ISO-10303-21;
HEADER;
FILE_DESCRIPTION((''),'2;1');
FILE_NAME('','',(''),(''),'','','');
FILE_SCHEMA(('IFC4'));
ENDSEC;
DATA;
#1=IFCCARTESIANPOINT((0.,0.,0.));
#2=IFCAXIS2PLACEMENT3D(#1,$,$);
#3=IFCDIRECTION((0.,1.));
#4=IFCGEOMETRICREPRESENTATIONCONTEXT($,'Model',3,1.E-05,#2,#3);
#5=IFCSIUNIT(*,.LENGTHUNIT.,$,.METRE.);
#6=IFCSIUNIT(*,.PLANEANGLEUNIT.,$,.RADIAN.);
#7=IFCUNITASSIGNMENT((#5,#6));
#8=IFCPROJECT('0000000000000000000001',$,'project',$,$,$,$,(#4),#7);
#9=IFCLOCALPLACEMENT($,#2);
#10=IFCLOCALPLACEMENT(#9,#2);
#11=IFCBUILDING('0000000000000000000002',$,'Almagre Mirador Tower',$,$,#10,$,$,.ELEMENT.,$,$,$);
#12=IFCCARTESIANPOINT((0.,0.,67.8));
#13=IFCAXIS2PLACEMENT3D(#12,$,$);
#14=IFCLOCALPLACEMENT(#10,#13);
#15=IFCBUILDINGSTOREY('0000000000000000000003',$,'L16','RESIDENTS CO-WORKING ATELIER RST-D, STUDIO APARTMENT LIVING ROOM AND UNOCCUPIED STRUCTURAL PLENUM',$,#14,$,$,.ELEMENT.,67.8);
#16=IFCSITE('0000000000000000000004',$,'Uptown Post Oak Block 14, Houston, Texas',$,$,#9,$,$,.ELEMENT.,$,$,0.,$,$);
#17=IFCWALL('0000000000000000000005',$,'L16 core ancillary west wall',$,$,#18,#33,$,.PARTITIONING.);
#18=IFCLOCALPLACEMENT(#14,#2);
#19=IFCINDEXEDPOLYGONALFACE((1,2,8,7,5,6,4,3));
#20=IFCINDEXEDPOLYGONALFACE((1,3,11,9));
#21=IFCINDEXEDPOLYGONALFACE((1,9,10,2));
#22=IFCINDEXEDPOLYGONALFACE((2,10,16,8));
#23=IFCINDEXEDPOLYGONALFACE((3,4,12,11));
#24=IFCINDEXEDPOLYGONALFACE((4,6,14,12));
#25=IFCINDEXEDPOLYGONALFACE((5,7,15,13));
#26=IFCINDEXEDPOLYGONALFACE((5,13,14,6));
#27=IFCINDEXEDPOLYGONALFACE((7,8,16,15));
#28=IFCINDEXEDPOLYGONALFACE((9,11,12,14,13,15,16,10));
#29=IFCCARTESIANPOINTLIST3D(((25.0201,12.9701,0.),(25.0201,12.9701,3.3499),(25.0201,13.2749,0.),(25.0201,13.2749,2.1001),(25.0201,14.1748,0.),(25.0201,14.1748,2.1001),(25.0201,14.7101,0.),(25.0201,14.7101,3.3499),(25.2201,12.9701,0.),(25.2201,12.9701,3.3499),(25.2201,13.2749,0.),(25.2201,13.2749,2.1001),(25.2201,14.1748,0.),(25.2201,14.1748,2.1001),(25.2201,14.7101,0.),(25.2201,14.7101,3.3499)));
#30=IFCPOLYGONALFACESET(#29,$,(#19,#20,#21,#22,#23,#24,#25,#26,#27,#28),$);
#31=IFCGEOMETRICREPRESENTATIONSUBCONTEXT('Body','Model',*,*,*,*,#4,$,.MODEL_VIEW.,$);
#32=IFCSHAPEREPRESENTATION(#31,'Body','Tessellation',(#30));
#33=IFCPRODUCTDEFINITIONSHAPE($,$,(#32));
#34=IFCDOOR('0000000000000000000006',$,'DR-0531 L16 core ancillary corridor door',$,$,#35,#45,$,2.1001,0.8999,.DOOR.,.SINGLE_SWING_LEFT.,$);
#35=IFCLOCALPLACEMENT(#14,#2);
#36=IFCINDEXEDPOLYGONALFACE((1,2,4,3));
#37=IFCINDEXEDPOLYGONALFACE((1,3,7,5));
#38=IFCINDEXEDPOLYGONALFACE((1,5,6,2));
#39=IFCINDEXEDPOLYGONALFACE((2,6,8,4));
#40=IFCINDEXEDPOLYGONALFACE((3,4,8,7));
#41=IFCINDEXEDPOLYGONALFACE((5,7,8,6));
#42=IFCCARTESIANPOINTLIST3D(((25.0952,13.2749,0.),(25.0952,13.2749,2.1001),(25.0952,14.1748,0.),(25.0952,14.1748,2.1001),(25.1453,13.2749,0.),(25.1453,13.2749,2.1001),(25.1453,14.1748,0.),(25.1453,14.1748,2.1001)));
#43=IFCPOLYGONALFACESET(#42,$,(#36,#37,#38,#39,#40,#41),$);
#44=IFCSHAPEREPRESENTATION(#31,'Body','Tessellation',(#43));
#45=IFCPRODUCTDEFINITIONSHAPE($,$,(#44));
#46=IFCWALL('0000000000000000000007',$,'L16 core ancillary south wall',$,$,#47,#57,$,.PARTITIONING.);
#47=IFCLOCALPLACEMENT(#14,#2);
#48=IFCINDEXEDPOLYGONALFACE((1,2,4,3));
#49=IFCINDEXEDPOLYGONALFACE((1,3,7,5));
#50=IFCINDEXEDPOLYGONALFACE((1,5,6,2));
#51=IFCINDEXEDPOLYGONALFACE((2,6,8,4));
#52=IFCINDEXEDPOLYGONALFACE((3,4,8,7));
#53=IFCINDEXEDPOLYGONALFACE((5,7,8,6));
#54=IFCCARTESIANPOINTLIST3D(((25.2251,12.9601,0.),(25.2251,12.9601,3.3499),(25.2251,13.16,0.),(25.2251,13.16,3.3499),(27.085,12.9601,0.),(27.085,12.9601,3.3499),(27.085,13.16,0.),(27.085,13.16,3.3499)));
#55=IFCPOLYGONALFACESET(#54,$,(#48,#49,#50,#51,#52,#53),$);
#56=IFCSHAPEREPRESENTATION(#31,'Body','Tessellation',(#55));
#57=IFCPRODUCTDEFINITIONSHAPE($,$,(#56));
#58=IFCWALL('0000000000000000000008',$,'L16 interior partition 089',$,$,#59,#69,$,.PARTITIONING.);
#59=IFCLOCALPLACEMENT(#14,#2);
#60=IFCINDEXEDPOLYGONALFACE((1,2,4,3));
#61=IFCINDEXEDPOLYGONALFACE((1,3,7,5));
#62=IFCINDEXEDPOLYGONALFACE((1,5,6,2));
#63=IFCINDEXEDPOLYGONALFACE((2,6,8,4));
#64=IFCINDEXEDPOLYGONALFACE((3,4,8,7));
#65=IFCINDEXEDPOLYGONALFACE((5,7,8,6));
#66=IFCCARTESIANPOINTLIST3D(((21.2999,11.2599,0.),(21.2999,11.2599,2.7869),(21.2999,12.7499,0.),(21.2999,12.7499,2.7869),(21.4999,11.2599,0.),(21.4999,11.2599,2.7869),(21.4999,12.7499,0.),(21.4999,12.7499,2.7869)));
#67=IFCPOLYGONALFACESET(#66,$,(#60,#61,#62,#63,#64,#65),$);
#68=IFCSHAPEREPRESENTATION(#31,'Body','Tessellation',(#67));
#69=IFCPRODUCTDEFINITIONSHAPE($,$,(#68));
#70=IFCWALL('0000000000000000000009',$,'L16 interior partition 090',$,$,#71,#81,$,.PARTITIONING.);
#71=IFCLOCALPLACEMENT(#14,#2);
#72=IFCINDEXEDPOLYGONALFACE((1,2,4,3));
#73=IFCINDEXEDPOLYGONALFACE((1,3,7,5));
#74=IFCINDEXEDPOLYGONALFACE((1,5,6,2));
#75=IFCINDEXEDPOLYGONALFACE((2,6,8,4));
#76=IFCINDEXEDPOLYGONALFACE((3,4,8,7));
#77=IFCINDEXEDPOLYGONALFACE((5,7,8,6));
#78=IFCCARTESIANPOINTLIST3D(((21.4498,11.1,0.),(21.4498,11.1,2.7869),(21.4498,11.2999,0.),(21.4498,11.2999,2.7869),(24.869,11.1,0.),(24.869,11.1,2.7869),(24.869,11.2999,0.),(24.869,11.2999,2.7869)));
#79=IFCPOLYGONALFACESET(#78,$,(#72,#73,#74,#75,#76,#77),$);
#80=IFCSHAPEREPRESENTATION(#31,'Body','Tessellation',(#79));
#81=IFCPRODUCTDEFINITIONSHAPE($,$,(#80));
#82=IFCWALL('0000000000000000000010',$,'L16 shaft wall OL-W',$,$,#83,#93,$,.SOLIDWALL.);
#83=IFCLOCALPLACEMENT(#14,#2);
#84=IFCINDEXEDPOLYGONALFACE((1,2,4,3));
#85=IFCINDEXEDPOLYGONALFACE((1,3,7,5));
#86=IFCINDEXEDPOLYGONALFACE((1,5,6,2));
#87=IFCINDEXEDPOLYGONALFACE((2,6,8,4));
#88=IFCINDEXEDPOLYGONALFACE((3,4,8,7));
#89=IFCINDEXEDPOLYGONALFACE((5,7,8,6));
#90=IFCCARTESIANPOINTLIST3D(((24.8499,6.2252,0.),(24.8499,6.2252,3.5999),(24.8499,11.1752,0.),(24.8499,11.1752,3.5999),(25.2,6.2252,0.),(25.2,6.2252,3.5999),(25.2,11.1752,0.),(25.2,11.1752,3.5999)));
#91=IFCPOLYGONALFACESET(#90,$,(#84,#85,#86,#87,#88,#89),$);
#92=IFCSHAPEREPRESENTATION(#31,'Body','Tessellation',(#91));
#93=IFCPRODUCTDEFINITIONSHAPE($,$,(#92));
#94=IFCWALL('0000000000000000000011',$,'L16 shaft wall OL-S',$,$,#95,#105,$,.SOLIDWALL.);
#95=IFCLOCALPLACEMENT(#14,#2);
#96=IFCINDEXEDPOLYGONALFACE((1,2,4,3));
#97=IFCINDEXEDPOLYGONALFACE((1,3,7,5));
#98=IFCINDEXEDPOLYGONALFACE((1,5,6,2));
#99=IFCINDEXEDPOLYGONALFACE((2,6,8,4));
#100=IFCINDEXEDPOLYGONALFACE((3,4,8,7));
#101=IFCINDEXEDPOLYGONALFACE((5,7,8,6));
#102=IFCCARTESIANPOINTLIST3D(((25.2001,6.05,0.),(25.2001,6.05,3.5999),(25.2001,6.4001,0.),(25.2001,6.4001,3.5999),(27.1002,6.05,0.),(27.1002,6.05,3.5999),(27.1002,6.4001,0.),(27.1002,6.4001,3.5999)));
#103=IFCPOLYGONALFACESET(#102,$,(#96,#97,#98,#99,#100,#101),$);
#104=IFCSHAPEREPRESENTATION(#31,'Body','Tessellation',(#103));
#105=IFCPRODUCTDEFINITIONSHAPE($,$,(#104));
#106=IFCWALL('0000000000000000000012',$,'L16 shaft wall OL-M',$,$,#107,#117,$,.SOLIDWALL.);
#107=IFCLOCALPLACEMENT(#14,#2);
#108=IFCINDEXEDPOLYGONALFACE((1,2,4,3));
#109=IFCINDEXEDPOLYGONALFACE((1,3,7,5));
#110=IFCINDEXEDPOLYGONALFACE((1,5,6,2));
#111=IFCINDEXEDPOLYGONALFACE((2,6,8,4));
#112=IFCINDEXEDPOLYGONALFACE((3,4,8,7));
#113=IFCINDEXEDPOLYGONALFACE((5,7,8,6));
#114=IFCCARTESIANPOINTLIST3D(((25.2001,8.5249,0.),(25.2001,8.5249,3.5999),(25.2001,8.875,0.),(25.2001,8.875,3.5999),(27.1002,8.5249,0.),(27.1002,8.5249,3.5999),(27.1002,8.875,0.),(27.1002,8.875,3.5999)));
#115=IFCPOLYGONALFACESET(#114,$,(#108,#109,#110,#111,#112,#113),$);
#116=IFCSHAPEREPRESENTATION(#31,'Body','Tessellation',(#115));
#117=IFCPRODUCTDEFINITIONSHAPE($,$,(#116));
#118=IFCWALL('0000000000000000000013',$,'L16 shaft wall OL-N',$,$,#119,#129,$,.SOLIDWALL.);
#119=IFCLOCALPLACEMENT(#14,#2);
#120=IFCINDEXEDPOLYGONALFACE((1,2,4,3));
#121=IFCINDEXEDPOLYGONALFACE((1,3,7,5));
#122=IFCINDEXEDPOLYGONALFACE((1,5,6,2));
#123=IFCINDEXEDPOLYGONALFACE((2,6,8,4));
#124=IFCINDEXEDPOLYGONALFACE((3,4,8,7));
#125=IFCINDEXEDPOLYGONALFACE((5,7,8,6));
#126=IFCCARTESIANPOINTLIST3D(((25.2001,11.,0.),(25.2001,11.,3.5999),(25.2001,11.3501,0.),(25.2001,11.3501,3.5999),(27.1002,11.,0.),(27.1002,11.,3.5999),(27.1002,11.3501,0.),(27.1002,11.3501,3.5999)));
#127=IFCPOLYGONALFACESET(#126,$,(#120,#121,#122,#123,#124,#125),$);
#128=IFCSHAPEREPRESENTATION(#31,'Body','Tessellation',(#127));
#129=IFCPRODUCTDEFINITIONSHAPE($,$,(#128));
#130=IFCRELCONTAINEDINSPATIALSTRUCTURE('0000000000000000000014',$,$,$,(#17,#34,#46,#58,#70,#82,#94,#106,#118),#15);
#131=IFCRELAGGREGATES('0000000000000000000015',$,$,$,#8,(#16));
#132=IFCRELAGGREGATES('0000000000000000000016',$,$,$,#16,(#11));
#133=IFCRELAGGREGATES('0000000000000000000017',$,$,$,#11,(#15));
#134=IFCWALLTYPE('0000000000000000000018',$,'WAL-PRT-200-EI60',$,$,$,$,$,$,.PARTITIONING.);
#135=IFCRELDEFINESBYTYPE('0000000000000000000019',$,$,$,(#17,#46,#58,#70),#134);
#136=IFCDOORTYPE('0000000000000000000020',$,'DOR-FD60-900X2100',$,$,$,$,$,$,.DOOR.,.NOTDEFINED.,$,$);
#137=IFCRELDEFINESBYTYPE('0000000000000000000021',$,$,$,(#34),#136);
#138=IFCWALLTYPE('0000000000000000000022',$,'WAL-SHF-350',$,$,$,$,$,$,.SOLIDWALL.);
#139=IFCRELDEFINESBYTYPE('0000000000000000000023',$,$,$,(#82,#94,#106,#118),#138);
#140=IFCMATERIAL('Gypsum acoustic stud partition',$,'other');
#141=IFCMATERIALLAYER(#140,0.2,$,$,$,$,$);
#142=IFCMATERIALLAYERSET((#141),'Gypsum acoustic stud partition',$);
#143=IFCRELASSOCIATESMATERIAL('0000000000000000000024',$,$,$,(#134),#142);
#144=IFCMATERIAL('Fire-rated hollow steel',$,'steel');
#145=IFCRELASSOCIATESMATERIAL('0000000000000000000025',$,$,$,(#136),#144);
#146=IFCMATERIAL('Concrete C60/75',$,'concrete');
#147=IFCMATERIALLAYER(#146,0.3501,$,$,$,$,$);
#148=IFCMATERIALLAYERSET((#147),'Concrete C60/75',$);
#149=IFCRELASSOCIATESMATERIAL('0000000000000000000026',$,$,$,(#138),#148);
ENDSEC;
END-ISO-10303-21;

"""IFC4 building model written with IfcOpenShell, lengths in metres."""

from ifc_helpers import new_model, si_unit, direction, frame, frame_2d, origin, place, context, subcontext, project, spatial, rectangle, extrude, material, layer, layer_set, type_object, element, fill, save


model = new_model("IFC4")

# Units and contexts
model_context = context("Model", 3, precision=1e-05, world=origin(), true_north=direction((0.0, 1.0)))
body_context = subcontext(model_context, "Body", "Model", "MODEL_VIEW")
ifc_project = project(units=[si_unit("LENGTHUNIT", "METRE"), si_unit("PLANEANGLEUNIT", "RADIAN")], contexts=[model_context])

# Site, building, storey
site_placement = place(None, origin())
site = spatial("IfcSite", under=ifc_project, at=site_placement, Name="Uptown Post Oak Block 14, Houston, Texas", CompositionType="ELEMENT", RefElevation=0.0)
building_placement = place(site_placement, origin())
building = spatial("IfcBuilding", under=site, at=building_placement, Name="Almagre Mirador Tower", CompositionType="ELEMENT")
storey_placement = place(building_placement, frame((0.0, 0.0, 67.8)))
storey = spatial("IfcBuildingStorey", under=building, at=storey_placement, Name="L16", Description="RESIDENTS CO-WORKING ATELIER RST-D, STUDIO APARTMENT LIVING ROOM AND UNOCCUPIED STRUCTURAL PLENUM", CompositionType="ELEMENT", Elevation=67.8)

# Wall, opening, door
ifc_material_1 = material(Name="Gypsum acoustic stud partition", Category="other")
ifc_layer_1 = layer(ifc_material_1, 0.2)
ifc_layer_set_1 = layer_set([ifc_layer_1], Name="Gypsum acoustic stud partition")
wall_type_1 = type_object("IfcWallType", Name="WAL-PRT-200-EI60", PredefinedType="PARTITIONING", material=ifc_layer_set_1)
wall_1_placement = place(storey_placement, frame((25.1201, 12.97, 0.0), z_axis=(0.0, 0.0, 1.0), x_axis=(0.0, 1.0, 0.0)))
wall_1 = element("IfcWall", 1, at=wall_1_placement, inside=storey, type_object=wall_type_1, Name="L16 core ancillary west wall", PredefinedType="PARTITIONING", context=body_context, shape_type="SweptSolid", body=[
    extrude(rectangle(XDim=1.74, YDim=0.2, at=frame_2d((0.8701, 0.0))), origin(), (0.0, 0.0, 1.0), 3.3499),
])
opening_1_placement = place(wall_1_placement, frame((0.3049, 0.0, 0.0)))
opening_1 = element("IfcOpeningElement", 2, at=opening_1_placement, cuts=wall_1, PredefinedType="OPENING", context=body_context, shape_type="SweptSolid", body=[
    extrude(rectangle(XDim=0.8999, YDim=2.1001, at=frame_2d((0.45, 1.05))), frame((0.0, 0.1101, 0.0), z_axis=(0.0, -1.0, 0.0), x_axis=(1.0, 0.0, 0.0)), (0.0, 0.0, 1.0), 0.22),
])
ifc_material_2 = material(Name="Fire-rated hollow steel", Category="steel")
door_type_1 = type_object("IfcDoorType", Name="DOR-FD60-900X2100", OperationType="NOTDEFINED", PredefinedType="DOOR", material=ifc_material_2)
door_1_placement = place(opening_1_placement, origin())
door_1 = element("IfcDoor", 3, at=door_1_placement, inside=storey, type_object=door_type_1, Name="DR-0531 L16 core ancillary corridor door", OperationType="SINGLE_SWING_LEFT", OverallHeight=2.1001, OverallWidth=0.8999, PredefinedType="DOOR", context=body_context, shape_type="SweptSolid", body=[
    extrude(rectangle(XDim=0.8999, YDim=2.1001, at=frame_2d((0.45, 1.05))), frame((0.0, 0.0249, 0.0), z_axis=(0.0, -1.0, 0.0), x_axis=(1.0, 0.0, 0.0)), (0.0, 0.0, 1.0), 0.05),
])
fill(opening_1, door_1)

# Walls
wall_2_placement = place(storey_placement, frame((25.2251, 13.0601, 0.0), z_axis=(0.0, 0.0, 1.0), x_axis=(1.0, 0.0, 0.0)))
element("IfcWall", 4, at=wall_2_placement, inside=storey, type_object=wall_type_1, Name="L16 core ancillary south wall", PredefinedType="PARTITIONING", context=body_context, shape_type="SweptSolid", body=[
    extrude(rectangle(XDim=1.8599, YDim=0.2, at=frame_2d((0.9299, 0.0))), origin(), (0.0, 0.0, 1.0), 3.3499),
])
wall_3_placement = place(storey_placement, frame((21.3999, 12.75, 0.0), z_axis=(0.0, 0.0, 1.0), x_axis=(0.0, -1.0, 0.0)))
element("IfcWall", 5, at=wall_3_placement, inside=storey, type_object=wall_type_1, Name="L16 interior partition 089", PredefinedType="PARTITIONING", context=body_context, shape_type="SweptSolid", body=[
    extrude(rectangle(XDim=1.49, YDim=0.2, at=frame_2d((0.7451, 0.0))), origin(), (0.0, 0.0, 1.0), 2.7869),
])
wall_4_placement = place(storey_placement, frame((21.45, 11.2, 0.0), z_axis=(0.0, 0.0, 1.0), x_axis=(1.0, 0.0, 0.0)))
element("IfcWall", 6, at=wall_4_placement, inside=storey, type_object=wall_type_1, Name="L16 interior partition 090", PredefinedType="PARTITIONING", context=body_context, shape_type="SweptSolid", body=[
    extrude(rectangle(XDim=3.4192, YDim=0.2, at=frame_2d((1.7095, 0.0))), origin(), (0.0, 0.0, 1.0), 2.7869),
])
ifc_material_3 = material(Name="Concrete C60/75", Category="concrete")
ifc_layer_2 = layer(ifc_material_3, 0.3501)
ifc_layer_set_2 = layer_set([ifc_layer_2], Name="Concrete C60/75")
wall_type_2 = type_object("IfcWallType", Name="WAL-SHF-350", PredefinedType="SOLIDWALL", material=ifc_layer_set_2)
wall_5_placement = place(storey_placement, frame((25.0249, 6.2251, 0.0), z_axis=(0.0, 0.0, 1.0), x_axis=(0.0, 1.0, 0.0)))
element("IfcWall", 7, at=wall_5_placement, inside=storey, type_object=wall_type_2, Name="L16 shaft wall OL-W", PredefinedType="SOLIDWALL", context=body_context, shape_type="SweptSolid", body=[
    extrude(rectangle(XDim=4.95, YDim=0.3501, at=frame_2d((2.4751, 0.0))), origin(), (0.0, 0.0, 1.0), 3.5999),
])
for number, where, z_axis, x_axis, name in (
    (8, (25.2, 6.2251, 0.0), (0.0, 0.0, 1.0), (1.0, 0.0, 0.0), "L16 shaft wall OL-S"),
    (9, (25.2, 8.7, 0.0), (0.0, 0.0, 1.0), (1.0, 0.0, 0.0), "L16 shaft wall OL-M"),
    (10, (25.2, 11.175, 0.0), (0.0, 0.0, 1.0), (1.0, 0.0, 0.0), "L16 shaft wall OL-N"),
):
    element("IfcWall", number, at=place(storey_placement, frame(where, z_axis=z_axis, x_axis=x_axis)), inside=storey, type_object=wall_type_2, Name=name, PredefinedType="SOLIDWALL", context=body_context, shape_type="SweptSolid", body=[
        extrude(rectangle(XDim=1.9001, YDim=0.3501, at=frame_2d((0.9502, 0.0))), origin(), (0.0, 0.0, 1.0), 3.5999),
    ])

save(model, "model.ifc")
